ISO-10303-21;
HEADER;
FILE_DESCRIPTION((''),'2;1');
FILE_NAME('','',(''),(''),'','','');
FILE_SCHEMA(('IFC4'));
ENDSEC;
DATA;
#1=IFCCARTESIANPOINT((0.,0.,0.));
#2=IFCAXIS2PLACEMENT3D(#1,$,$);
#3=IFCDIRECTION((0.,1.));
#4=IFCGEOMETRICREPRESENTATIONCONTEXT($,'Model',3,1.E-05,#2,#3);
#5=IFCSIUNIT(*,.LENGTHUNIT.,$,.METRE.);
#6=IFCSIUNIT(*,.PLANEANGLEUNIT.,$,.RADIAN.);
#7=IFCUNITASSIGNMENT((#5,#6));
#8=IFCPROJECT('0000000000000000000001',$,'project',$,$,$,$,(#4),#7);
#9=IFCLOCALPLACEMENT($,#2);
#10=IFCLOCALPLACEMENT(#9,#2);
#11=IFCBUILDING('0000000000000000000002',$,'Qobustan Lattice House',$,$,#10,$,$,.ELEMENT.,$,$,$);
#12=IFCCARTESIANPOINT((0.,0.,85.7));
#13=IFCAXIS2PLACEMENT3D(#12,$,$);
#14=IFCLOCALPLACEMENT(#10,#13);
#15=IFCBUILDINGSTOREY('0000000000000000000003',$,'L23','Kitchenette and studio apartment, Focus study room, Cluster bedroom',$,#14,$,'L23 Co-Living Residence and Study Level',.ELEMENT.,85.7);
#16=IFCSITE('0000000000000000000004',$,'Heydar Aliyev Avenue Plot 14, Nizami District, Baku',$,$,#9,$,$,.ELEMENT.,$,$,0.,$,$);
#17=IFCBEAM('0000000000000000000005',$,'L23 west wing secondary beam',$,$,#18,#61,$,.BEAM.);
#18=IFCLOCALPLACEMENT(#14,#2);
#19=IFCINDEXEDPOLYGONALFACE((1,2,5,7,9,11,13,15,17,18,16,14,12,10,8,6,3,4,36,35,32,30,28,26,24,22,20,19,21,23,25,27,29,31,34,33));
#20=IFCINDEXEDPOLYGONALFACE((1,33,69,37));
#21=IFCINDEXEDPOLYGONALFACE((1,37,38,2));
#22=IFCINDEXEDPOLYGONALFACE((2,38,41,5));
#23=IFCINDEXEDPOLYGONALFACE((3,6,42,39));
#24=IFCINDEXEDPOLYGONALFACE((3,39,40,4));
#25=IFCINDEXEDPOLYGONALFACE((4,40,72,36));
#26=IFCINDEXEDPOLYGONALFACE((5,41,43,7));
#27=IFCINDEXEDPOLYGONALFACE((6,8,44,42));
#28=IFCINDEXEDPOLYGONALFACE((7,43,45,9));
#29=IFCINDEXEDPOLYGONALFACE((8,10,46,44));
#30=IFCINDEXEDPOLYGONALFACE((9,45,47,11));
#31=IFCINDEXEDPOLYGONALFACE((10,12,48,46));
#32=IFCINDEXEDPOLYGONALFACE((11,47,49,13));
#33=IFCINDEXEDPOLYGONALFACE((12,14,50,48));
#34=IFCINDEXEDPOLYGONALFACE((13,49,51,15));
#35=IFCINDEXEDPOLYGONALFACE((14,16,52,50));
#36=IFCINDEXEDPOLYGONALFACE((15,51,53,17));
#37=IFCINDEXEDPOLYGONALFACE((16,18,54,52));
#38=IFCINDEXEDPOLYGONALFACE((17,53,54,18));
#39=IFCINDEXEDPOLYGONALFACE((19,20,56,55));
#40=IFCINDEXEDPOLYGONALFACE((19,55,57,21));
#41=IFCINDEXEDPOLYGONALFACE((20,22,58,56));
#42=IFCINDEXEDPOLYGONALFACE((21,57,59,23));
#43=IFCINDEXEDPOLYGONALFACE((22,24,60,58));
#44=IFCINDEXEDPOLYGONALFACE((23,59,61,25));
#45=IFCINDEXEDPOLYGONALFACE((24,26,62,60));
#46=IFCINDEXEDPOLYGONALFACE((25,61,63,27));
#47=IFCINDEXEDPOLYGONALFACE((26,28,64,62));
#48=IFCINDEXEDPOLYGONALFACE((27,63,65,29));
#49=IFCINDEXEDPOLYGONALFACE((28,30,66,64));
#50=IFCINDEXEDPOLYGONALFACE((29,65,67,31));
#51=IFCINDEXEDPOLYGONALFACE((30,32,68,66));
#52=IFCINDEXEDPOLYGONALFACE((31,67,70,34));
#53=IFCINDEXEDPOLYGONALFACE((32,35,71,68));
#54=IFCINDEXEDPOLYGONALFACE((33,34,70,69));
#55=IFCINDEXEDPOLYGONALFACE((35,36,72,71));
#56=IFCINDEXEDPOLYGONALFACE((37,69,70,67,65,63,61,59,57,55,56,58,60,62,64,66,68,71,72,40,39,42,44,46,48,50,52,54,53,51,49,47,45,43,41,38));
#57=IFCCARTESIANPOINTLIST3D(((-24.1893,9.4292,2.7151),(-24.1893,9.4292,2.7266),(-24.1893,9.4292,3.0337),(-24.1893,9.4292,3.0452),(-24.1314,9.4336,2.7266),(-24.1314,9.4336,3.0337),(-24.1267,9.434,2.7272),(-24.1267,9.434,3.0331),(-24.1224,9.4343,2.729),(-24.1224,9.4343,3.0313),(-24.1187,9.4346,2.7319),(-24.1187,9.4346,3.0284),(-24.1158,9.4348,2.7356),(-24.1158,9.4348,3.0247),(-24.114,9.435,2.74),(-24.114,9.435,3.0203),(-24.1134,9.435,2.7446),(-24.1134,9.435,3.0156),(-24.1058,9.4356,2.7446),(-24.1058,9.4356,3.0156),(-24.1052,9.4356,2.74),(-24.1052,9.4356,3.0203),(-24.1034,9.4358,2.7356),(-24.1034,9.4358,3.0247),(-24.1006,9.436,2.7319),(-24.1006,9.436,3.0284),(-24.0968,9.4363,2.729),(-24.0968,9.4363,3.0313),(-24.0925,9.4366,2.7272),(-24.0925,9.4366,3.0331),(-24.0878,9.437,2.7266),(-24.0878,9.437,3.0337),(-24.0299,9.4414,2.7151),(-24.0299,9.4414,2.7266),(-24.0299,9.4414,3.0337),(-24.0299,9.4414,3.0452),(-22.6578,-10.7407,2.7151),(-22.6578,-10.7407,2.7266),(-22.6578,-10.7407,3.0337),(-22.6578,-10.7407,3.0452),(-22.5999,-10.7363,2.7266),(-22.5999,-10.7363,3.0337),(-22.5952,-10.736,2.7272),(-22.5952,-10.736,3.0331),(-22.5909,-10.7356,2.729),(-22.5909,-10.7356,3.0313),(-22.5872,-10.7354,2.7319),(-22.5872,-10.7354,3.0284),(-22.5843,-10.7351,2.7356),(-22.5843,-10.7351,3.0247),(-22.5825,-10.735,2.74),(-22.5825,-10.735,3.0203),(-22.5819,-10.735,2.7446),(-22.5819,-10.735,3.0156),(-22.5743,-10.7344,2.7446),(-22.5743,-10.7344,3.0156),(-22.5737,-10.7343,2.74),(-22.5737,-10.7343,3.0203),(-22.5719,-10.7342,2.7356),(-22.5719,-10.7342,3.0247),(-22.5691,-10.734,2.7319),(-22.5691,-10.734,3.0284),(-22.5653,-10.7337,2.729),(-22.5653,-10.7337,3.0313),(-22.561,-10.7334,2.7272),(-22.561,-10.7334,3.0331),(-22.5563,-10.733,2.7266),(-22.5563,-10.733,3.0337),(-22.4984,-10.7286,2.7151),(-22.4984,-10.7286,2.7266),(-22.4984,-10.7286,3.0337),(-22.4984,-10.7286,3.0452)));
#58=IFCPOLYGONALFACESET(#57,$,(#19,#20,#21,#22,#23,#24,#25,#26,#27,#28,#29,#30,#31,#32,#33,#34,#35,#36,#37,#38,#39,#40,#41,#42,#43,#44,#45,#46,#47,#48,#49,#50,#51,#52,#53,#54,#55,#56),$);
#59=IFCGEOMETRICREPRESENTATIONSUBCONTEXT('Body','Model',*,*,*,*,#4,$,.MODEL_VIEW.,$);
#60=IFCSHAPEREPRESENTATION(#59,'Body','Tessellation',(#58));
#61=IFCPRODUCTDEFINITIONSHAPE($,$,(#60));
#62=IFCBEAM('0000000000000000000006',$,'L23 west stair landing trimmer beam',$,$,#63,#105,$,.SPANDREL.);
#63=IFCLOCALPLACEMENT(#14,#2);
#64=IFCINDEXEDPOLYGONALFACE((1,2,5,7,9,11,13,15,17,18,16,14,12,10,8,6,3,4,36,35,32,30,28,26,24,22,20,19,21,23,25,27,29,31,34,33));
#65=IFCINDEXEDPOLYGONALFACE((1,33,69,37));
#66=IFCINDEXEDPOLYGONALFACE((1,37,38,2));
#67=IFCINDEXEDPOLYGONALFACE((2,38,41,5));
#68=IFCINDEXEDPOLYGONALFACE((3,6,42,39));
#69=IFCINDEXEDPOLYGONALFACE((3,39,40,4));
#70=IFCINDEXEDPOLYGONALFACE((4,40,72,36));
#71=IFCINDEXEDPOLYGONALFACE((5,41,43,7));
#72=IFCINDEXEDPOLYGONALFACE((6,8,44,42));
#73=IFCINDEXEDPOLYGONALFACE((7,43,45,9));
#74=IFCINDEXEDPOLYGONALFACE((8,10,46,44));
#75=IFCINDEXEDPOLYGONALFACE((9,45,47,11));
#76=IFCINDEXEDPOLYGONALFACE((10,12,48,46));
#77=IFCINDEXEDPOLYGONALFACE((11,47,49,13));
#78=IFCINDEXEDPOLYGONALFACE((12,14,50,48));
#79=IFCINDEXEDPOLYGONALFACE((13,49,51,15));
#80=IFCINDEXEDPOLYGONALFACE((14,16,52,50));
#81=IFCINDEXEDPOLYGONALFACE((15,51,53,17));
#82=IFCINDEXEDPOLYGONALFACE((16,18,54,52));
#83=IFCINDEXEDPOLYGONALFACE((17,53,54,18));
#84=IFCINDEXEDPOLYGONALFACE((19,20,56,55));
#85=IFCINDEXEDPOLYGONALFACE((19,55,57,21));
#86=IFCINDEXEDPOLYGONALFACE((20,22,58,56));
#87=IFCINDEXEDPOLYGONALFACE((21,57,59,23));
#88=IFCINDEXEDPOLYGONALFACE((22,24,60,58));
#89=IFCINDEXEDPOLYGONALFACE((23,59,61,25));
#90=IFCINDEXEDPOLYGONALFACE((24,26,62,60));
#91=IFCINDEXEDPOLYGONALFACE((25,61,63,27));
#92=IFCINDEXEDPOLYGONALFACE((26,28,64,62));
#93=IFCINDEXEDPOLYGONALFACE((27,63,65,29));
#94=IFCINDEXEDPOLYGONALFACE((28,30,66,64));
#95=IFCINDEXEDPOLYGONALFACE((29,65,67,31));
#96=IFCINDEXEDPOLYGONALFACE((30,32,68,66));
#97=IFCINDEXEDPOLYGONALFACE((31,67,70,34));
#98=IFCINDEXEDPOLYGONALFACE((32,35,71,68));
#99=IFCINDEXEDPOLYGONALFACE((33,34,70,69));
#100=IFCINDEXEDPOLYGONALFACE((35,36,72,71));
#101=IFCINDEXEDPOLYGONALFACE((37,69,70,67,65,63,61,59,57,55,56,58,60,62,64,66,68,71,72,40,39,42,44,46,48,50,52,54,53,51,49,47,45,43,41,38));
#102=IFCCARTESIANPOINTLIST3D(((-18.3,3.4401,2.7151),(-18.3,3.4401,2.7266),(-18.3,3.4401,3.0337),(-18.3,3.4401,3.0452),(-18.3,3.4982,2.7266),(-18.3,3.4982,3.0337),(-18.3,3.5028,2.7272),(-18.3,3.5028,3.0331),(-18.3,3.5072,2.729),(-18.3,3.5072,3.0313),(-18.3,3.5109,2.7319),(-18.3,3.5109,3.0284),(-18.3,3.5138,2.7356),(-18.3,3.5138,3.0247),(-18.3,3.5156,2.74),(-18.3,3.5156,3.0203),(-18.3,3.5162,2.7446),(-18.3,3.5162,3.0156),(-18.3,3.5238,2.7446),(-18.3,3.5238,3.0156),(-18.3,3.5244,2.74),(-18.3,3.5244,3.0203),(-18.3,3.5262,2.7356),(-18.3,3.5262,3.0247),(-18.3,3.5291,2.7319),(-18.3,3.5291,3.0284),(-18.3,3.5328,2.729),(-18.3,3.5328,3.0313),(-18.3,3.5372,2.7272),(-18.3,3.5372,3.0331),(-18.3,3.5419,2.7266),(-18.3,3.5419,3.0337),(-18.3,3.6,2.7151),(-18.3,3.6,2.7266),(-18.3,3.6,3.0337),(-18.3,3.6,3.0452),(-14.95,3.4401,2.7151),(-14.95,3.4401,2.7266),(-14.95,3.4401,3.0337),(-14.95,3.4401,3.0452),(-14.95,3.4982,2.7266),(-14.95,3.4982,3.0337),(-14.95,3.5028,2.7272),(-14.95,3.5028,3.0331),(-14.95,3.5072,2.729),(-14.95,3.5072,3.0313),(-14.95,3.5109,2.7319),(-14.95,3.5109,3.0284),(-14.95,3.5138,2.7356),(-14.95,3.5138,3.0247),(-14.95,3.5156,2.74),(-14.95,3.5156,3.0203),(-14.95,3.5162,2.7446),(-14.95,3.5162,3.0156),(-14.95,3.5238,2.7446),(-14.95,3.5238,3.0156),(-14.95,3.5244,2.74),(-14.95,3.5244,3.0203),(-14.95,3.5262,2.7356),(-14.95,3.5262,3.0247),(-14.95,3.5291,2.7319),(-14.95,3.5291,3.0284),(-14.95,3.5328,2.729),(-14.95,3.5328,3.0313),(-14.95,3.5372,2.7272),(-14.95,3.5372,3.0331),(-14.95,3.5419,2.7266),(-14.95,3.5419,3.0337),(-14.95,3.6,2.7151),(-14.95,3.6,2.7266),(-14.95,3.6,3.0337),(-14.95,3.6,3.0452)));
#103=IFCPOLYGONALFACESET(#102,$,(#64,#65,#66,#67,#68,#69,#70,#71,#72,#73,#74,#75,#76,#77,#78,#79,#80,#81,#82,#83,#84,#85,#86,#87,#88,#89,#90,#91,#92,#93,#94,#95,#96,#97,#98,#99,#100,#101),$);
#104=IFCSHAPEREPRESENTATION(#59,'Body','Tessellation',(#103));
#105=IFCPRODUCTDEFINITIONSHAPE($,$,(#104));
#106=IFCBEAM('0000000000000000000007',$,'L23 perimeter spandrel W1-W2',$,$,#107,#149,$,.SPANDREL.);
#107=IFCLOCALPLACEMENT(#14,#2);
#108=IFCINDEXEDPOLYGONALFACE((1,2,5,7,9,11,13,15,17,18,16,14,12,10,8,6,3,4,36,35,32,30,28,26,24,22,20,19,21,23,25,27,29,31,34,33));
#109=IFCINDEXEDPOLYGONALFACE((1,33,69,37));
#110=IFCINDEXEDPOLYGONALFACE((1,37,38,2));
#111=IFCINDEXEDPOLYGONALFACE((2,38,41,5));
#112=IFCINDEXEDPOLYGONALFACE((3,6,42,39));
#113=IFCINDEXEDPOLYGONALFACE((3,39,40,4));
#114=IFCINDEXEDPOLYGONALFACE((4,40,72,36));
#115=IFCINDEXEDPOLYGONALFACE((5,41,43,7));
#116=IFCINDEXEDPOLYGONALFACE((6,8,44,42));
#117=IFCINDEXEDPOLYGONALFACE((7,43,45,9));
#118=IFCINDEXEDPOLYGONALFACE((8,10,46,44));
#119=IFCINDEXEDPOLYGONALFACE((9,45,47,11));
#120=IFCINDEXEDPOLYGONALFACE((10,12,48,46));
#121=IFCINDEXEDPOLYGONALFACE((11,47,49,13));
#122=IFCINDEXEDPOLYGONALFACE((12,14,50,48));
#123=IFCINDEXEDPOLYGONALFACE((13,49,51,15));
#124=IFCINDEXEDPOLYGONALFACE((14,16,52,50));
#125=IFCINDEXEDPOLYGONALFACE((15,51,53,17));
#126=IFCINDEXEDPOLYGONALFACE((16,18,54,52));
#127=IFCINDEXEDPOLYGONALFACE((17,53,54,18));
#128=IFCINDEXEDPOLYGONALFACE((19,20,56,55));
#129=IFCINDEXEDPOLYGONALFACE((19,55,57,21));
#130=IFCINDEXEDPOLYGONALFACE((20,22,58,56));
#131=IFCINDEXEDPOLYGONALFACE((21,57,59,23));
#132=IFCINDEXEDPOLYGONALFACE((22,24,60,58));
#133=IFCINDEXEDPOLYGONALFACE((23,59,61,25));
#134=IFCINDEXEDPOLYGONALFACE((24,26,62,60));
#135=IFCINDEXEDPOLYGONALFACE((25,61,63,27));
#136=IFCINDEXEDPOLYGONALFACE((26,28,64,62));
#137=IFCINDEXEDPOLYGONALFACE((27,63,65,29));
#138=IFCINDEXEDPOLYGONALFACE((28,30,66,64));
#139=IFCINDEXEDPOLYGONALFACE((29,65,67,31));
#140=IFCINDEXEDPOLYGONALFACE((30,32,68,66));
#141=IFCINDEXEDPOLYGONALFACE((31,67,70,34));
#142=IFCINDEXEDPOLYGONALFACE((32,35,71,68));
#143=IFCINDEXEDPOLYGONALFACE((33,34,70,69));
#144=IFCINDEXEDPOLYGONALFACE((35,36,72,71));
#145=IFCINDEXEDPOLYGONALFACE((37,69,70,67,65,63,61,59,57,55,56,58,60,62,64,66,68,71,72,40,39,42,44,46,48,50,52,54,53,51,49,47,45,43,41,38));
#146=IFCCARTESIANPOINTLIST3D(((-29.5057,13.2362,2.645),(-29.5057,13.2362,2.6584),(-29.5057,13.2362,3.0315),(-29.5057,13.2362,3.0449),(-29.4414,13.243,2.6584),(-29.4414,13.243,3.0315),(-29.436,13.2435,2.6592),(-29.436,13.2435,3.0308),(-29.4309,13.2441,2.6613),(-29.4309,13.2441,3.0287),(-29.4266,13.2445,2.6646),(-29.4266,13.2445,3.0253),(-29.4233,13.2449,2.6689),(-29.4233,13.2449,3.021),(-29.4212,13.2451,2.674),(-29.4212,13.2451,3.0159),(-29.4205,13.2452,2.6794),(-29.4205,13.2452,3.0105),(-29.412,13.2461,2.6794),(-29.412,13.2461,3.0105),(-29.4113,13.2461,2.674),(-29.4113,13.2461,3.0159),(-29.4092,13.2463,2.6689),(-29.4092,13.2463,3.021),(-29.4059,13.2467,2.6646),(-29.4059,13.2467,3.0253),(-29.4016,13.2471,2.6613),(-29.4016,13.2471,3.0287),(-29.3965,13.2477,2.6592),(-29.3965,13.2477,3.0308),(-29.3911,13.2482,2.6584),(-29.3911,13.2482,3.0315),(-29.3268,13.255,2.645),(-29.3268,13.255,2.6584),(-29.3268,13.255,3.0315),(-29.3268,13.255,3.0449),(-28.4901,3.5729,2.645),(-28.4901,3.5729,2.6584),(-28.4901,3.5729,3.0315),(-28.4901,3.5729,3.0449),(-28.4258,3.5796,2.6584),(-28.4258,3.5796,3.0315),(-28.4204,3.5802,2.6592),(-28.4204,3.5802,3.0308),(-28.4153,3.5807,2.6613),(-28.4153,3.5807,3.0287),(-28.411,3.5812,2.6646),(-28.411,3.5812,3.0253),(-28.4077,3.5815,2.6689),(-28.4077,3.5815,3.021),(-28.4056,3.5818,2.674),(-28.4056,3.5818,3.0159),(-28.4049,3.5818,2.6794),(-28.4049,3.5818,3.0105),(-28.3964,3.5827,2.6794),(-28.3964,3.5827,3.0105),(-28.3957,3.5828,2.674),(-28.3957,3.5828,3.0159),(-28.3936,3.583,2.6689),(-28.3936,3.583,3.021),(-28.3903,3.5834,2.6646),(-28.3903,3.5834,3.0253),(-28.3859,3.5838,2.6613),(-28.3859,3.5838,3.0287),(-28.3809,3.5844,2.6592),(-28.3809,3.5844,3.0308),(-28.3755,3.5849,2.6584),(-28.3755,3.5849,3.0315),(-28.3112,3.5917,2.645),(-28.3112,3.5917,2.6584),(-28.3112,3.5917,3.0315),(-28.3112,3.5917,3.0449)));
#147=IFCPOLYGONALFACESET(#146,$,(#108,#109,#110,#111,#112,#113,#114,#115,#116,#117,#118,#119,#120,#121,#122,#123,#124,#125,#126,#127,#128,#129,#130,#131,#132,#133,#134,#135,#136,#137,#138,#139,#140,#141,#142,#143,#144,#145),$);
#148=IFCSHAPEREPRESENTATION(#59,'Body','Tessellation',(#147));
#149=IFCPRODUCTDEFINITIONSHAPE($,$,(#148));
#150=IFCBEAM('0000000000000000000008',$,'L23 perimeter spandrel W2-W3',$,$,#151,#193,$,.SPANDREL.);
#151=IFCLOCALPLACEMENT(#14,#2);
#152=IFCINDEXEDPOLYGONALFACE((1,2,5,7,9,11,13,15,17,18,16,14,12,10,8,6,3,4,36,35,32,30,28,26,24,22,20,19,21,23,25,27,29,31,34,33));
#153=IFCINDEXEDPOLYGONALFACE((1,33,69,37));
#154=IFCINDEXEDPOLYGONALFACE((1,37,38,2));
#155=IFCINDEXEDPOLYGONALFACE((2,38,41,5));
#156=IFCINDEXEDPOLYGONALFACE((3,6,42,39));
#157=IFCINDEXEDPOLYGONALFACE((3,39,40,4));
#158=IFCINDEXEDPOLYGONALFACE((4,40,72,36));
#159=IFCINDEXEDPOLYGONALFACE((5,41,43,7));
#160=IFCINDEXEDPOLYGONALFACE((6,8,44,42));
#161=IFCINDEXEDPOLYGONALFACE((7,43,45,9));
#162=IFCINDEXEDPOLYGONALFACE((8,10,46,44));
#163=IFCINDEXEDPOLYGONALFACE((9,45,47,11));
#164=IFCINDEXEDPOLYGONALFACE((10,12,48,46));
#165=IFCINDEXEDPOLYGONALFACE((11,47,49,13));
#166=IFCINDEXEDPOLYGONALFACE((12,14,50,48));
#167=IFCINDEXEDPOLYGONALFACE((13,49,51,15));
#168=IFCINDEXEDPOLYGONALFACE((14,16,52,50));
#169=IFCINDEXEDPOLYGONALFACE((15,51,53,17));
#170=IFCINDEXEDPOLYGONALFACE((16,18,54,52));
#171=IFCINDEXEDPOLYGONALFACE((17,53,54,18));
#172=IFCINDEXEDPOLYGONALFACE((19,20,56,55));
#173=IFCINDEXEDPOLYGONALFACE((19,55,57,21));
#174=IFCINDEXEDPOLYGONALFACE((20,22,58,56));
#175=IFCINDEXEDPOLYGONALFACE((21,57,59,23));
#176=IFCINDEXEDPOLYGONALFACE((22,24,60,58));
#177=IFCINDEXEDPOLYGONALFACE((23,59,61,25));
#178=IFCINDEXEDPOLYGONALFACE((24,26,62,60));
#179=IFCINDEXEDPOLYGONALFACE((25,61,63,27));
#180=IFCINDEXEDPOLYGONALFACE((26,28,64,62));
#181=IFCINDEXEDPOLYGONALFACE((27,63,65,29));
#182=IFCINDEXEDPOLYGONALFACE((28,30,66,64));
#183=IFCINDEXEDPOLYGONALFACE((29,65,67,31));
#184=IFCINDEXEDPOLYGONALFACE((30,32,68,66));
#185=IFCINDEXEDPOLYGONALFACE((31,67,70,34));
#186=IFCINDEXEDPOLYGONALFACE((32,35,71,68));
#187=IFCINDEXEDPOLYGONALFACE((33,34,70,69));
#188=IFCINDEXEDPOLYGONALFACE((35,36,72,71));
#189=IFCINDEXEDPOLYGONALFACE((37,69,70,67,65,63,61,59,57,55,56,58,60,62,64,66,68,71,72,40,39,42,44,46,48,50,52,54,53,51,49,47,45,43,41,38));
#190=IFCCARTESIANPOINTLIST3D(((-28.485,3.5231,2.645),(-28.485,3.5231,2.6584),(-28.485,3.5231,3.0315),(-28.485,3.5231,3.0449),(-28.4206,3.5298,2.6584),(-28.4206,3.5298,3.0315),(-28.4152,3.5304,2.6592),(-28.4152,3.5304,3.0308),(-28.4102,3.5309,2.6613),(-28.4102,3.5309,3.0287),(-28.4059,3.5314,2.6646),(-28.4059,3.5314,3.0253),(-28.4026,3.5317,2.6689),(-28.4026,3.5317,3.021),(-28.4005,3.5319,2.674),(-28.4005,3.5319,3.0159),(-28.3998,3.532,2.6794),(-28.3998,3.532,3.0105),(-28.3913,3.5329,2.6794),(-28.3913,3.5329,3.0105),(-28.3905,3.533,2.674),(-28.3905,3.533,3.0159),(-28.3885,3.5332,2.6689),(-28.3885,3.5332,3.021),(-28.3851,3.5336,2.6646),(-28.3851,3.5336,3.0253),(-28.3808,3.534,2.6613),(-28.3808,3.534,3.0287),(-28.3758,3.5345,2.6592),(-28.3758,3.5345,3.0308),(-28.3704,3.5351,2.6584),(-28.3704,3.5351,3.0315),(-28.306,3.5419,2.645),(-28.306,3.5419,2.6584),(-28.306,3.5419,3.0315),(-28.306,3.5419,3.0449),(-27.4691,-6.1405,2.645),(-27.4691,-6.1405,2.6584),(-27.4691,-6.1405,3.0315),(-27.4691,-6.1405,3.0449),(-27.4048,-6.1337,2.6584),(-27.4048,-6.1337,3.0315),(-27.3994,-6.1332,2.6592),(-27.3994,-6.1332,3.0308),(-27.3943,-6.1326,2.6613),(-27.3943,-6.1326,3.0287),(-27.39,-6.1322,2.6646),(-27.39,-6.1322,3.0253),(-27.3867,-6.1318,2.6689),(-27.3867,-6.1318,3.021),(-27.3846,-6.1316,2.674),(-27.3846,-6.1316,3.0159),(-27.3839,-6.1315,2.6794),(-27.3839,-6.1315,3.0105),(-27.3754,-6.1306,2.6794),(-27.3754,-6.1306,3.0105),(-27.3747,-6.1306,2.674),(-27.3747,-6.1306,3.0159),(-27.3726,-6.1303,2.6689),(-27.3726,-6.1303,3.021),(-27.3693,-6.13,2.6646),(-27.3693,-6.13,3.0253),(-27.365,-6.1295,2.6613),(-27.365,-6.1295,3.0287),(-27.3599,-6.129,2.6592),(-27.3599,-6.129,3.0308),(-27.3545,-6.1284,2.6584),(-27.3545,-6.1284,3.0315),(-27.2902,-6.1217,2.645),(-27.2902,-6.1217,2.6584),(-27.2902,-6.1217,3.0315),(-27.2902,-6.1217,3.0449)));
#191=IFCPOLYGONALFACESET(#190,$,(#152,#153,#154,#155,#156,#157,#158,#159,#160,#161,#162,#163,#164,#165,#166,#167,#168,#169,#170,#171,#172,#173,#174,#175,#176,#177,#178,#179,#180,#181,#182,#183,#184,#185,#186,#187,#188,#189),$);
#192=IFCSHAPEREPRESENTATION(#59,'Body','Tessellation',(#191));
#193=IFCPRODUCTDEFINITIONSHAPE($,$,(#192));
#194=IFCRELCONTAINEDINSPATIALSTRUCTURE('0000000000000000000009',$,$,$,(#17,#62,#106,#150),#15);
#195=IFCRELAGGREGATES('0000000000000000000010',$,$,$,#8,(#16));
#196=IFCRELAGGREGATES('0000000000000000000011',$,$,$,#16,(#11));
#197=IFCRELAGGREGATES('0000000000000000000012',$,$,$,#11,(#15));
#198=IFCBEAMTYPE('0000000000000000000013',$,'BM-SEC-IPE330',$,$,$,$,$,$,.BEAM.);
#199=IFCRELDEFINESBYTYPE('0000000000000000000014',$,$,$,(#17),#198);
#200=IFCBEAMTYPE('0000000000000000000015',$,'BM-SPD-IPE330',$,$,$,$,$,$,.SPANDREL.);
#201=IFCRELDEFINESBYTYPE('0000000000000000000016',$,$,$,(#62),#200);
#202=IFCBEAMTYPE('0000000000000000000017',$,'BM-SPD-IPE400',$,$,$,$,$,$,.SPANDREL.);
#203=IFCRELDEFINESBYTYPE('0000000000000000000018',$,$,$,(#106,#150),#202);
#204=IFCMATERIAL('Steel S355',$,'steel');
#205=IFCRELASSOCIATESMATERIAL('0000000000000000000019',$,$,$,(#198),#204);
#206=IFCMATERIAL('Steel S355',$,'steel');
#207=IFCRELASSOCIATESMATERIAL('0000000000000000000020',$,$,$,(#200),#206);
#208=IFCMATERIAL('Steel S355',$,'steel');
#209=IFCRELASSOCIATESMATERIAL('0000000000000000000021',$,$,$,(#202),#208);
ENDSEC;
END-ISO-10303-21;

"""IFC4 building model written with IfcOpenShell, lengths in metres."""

from ifc_helpers import new_model, si_unit, direction, frame, origin, origin_2d, place, context, subcontext, project, spatial, i_section, extrude, material, material_profile, profile_set, type_object, element, save


model = new_model("IFC4")

# Units and contexts
model_context = context("Model", 3, precision=1e-05, world=origin(), true_north=direction((0.0, 1.0)))
body_context = subcontext(model_context, "Body", "Model", "MODEL_VIEW")
ifc_project = project(units=[si_unit("LENGTHUNIT", "METRE"), si_unit("PLANEANGLEUNIT", "RADIAN")], contexts=[model_context])

# Site, building, storey
site_placement = place(None, origin())
site = spatial("IfcSite", under=ifc_project, at=site_placement, Name="Heydar Aliyev Avenue Plot 14, Nizami District, Baku", CompositionType="ELEMENT", RefElevation=0.0)
building_placement = place(site_placement, origin())
building = spatial("IfcBuilding", under=site, at=building_placement, Name="Qobustan Lattice House", CompositionType="ELEMENT")
storey_placement = place(building_placement, frame((0.0, 0.0, 85.7)))
storey = spatial("IfcBuildingStorey", under=building, at=storey_placement, Name="L23", Description="Kitchenette and studio apartment, Focus study room, Cluster bedroom", LongName="L23 Co-Living Residence and Study Level", CompositionType="ELEMENT", Elevation=85.7)

# Beams
ifc_material_1 = material(Name="Steel S355", Category="steel")
ifc_material_profile_1 = material_profile(ifc_material_1, i_section(OverallWidth=0.1599, OverallDepth=0.3301, WebThickness=0.0076, FlangeThickness=0.0115, FilletRadius=0.0181, at=origin_2d()), Name="IPE330")
ifc_profile_set_1 = profile_set([ifc_material_profile_1], Name="Steel S355")
beam_type_1 = type_object("IfcBeamType", Name="BM-SEC-IPE330", PredefinedType="BEAM", material=ifc_profile_set_1)
beam_1_placement = place(storey_placement, frame((-24.1096, 9.4353, 2.8801), z_axis=(0.075712, -0.99713, 0.0), x_axis=(0.99713, 0.075712, 0.0)))
element("IfcBeam", 1, at=beam_1_placement, inside=storey, type_object=beam_type_1, Name="L23 west wing secondary beam", PredefinedType="BEAM", context=body_context, shape_type="SweptSolid", body=[
    extrude(i_section(OverallWidth=0.1599, OverallDepth=0.3301, WebThickness=0.0076, FlangeThickness=0.0115, FilletRadius=0.0181, at=origin_2d()), origin(), (0.0, 0.0, 1.0), 20.228),
])
ifc_material_2 = material(Name="Steel S355", Category="steel")
ifc_material_profile_2 = material_profile(ifc_material_2, i_section(OverallWidth=0.1599, OverallDepth=0.3301, WebThickness=0.0076, FlangeThickness=0.0115, FilletRadius=0.0181, at=origin_2d()), Name="IPE330")
ifc_profile_set_2 = profile_set([ifc_material_profile_2], Name="Steel S355")
beam_type_2 = type_object("IfcBeamType", Name="BM-SPD-IPE330", PredefinedType="SPANDREL", material=ifc_profile_set_2)
beam_2_placement = place(storey_placement, frame((-18.3, 3.52, 2.8801), z_axis=(1.0, 0.0, 0.0), x_axis=(0.0, 1.0, 0.0)))
element("IfcBeam", 2, at=beam_2_placement, inside=storey, type_object=beam_type_2, Name="L23 west stair landing trimmer beam", PredefinedType="SPANDREL", context=body_context, shape_type="SweptSolid", body=[
    extrude(i_section(OverallWidth=0.1599, OverallDepth=0.3301, WebThickness=0.0076, FlangeThickness=0.0115, FilletRadius=0.0181, at=origin_2d()), origin(), (0.0, 0.0, 1.0), 3.3501),
])
ifc_material_3 = material(Name="Steel S355", Category="steel")
ifc_material_profile_3 = material_profile(ifc_material_3, i_section(OverallWidth=0.1799, OverallDepth=0.3999, WebThickness=0.0085, FlangeThickness=0.0134, FilletRadius=0.021, at=origin_2d()), Name="IPE400")
ifc_profile_set_3 = profile_set([ifc_material_profile_3], Name="Steel S355")
beam_type_3 = type_object("IfcBeamType", Name="BM-SPD-IPE400", PredefinedType="SPANDREL", material=ifc_profile_set_3)
beam_3_placement = place(storey_placement, frame((-29.4163, 13.2456, 2.845), z_axis=(0.104525, -0.994522, 0.0), x_axis=(0.994522, 0.104525, 0.0)))
element("IfcBeam", 3, at=beam_3_placement, inside=storey, type_object=beam_type_3, Name="L23 perimeter spandrel W1-W2", PredefinedType="SPANDREL", context=body_context, shape_type="SweptSolid", body=[
    extrude(i_section(OverallWidth=0.1799, OverallDepth=0.3999, WebThickness=0.0085, FlangeThickness=0.0134, FilletRadius=0.021, at=origin_2d()), origin(), (0.0, 0.0, 1.0), 9.7166),
])
beam_4_placement = place(storey_placement, frame((-28.3955, 3.5325, 2.845), z_axis=(0.104547, -0.99452, 0.0), x_axis=(0.99452, 0.104547, 0.0)))
element("IfcBeam", 4, at=beam_4_placement, inside=storey, type_object=beam_type_3, Name="L23 perimeter spandrel W2-W3", PredefinedType="SPANDREL", context=body_context, shape_type="SweptSolid", body=[
    extrude(i_section(OverallWidth=0.1799, OverallDepth=0.3999, WebThickness=0.0085, FlangeThickness=0.0134, FilletRadius=0.021, at=origin_2d()), origin(), (0.0, 0.0, 1.0), 9.7168),
])

save(model, "model.ifc")
